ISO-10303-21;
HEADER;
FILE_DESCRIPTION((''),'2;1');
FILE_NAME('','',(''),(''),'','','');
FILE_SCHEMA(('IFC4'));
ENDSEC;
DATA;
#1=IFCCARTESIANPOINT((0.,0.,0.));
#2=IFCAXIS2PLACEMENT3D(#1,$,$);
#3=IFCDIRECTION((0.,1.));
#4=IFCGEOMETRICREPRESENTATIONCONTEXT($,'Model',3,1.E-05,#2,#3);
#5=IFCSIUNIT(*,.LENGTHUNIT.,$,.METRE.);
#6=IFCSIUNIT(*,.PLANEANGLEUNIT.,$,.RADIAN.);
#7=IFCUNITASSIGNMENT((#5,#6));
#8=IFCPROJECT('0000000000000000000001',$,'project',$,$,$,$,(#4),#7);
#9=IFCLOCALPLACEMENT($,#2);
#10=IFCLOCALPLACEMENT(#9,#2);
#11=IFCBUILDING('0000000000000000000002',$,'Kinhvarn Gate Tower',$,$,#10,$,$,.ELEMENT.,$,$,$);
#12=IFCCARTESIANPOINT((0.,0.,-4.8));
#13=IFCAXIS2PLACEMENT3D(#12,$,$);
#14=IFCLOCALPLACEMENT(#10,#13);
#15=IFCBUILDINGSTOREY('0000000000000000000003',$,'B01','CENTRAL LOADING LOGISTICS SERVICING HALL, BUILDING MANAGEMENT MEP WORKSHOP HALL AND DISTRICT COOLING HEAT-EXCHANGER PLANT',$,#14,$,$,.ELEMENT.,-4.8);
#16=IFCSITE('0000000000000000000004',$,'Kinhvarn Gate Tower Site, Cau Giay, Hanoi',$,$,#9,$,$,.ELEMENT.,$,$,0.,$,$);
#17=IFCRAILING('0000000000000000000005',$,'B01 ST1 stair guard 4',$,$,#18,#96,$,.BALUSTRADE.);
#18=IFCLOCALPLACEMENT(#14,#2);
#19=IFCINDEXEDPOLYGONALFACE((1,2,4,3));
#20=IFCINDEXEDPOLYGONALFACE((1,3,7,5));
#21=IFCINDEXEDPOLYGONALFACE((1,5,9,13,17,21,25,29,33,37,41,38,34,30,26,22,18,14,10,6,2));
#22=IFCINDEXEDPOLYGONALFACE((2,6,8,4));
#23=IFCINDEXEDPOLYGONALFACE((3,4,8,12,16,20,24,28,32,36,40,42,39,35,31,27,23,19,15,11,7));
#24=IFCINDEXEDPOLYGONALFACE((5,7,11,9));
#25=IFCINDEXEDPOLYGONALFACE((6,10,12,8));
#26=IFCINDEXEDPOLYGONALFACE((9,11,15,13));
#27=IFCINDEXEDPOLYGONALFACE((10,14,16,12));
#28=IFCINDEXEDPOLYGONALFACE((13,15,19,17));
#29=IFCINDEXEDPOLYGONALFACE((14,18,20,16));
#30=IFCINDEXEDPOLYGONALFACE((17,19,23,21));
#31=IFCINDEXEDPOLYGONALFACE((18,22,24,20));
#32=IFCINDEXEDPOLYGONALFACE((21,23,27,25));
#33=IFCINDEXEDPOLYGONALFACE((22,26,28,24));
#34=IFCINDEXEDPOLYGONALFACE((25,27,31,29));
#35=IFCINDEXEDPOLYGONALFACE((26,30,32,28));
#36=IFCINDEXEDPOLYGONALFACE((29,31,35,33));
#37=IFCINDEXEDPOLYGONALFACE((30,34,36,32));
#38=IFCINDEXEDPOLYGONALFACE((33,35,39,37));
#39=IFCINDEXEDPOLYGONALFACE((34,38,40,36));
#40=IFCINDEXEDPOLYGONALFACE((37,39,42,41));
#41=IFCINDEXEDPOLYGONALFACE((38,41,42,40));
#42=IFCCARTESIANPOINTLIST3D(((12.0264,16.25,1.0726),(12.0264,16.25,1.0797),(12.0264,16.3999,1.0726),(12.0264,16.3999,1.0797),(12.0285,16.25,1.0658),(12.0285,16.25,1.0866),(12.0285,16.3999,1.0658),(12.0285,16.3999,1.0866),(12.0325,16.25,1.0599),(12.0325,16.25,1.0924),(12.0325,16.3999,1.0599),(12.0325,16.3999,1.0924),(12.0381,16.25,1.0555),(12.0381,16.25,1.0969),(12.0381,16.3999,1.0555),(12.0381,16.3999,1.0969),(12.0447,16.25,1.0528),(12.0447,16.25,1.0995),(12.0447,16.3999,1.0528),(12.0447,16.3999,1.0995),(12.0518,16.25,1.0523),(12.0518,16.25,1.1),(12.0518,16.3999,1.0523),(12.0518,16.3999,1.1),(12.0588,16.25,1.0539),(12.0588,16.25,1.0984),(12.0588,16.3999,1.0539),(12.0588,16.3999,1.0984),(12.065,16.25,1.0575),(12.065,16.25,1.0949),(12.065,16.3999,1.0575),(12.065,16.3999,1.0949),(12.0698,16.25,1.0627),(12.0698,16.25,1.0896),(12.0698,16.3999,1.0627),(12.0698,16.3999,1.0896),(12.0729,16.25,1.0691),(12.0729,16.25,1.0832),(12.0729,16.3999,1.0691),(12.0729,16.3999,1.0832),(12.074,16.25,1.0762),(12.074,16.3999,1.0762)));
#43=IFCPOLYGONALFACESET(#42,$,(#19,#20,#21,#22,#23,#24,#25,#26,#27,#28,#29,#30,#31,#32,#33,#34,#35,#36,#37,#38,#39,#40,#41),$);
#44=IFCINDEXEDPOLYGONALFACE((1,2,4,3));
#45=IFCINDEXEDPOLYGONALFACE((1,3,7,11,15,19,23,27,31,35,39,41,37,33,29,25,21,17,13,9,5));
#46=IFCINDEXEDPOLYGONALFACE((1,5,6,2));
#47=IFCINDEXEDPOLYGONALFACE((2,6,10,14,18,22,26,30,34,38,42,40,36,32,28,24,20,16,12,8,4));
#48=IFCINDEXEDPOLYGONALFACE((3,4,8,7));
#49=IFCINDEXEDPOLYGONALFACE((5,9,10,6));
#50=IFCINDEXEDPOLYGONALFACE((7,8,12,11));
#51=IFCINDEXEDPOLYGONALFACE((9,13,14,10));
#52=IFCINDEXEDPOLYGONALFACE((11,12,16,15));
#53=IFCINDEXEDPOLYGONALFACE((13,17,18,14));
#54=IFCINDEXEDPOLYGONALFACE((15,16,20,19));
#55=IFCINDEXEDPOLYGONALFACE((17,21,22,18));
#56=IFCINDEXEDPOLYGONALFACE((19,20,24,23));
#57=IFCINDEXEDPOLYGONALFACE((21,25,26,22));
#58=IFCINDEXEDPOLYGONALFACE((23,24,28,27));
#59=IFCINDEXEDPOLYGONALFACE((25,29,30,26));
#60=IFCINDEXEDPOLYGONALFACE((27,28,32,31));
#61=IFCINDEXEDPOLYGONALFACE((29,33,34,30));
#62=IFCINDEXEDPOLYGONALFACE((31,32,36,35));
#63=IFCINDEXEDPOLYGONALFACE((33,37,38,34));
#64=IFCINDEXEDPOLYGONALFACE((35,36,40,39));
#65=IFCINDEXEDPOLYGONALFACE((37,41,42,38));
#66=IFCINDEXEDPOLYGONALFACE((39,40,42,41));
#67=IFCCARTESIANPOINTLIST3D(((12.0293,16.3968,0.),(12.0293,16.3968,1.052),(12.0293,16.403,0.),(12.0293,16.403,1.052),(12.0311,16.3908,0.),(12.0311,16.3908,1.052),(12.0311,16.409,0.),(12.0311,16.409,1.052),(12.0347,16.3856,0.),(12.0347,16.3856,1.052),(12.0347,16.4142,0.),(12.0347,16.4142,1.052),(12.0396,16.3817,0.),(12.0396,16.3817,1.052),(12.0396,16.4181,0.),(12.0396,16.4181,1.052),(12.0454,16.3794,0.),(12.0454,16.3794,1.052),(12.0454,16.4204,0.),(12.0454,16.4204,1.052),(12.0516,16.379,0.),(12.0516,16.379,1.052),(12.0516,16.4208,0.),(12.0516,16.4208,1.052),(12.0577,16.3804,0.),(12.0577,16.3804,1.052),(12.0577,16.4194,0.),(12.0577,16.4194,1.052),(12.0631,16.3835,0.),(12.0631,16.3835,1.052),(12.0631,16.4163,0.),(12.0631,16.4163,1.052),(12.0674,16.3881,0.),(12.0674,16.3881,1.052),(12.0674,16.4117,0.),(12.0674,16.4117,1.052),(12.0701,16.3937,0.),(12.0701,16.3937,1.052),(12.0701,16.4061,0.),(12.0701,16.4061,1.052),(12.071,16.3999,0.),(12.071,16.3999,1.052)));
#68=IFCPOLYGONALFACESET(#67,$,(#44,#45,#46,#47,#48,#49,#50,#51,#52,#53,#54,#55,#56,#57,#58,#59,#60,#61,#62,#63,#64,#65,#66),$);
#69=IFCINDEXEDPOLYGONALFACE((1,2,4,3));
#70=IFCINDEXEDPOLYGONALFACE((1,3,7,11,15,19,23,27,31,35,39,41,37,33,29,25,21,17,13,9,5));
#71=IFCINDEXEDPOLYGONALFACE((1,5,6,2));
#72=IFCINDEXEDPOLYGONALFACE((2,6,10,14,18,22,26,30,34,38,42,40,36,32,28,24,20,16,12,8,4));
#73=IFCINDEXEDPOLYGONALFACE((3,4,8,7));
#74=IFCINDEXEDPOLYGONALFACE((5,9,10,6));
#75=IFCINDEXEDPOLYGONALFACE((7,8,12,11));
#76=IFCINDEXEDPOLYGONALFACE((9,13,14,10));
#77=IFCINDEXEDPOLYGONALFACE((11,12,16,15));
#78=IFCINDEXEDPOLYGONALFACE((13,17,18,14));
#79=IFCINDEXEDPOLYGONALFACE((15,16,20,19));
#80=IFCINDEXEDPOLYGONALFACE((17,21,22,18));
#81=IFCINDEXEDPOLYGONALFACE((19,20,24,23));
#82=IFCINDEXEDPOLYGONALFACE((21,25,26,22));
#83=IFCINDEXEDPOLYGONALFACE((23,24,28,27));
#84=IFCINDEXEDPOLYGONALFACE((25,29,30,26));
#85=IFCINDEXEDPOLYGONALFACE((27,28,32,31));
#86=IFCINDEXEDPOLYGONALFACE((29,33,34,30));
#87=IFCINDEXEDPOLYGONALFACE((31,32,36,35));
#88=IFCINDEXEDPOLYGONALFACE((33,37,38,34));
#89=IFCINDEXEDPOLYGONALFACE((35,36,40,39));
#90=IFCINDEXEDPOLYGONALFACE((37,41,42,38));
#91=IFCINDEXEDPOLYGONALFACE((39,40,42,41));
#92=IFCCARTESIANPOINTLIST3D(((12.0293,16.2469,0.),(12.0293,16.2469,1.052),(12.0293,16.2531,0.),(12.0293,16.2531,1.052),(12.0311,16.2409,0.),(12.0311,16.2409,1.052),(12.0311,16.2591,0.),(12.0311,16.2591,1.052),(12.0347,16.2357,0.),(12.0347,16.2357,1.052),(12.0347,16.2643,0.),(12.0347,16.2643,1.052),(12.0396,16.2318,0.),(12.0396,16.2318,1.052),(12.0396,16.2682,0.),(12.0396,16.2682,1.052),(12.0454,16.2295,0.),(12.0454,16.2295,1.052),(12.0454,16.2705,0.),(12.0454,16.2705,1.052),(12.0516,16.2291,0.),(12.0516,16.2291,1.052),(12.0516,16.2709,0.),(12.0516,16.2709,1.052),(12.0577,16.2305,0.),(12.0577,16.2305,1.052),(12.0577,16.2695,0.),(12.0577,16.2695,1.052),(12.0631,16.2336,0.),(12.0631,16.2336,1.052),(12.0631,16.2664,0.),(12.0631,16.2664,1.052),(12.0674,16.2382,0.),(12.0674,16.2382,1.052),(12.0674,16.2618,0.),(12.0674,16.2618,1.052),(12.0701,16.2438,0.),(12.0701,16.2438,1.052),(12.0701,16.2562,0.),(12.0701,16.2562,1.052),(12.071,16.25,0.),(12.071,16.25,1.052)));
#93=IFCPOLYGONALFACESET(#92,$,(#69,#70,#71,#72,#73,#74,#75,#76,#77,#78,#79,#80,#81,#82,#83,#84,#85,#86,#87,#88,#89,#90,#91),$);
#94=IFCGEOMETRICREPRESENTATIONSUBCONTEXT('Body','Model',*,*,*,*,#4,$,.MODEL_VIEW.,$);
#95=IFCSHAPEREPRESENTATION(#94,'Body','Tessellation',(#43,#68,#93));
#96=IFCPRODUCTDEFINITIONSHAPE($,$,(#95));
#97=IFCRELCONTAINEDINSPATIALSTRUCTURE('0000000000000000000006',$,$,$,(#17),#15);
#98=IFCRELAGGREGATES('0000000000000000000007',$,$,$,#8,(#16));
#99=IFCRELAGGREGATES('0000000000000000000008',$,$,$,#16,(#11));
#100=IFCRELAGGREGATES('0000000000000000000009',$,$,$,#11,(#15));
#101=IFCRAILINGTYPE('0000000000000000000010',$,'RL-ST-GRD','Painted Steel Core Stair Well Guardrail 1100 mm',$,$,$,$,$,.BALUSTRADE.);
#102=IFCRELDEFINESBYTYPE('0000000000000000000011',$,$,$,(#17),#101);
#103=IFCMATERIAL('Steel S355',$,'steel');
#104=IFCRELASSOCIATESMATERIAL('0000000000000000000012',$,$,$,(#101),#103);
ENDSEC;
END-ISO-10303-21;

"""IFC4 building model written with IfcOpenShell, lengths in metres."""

from ifc_helpers import new_model, si_unit, direction, frame, origin, origin_2d, place, context, subcontext, project, spatial, circle, extrude, material, type_object, element, save


model = new_model("IFC4")

# Units and contexts
model_context = context("Model", 3, precision=1e-05, world=origin(), true_north=direction((0.0, 1.0)))
body_context = subcontext(model_context, "Body", "Model", "MODEL_VIEW")
ifc_project = project(units=[si_unit("LENGTHUNIT", "METRE"), si_unit("PLANEANGLEUNIT", "RADIAN")], contexts=[model_context])

# Site, building, storey
site_placement = place(None, origin())
site = spatial("IfcSite", under=ifc_project, at=site_placement, Name="Kinhvarn Gate Tower Site, Cau Giay, Hanoi", CompositionType="ELEMENT", RefElevation=0.0)
building_placement = place(site_placement, origin())
building = spatial("IfcBuilding", under=site, at=building_placement, Name="Kinhvarn Gate Tower", CompositionType="ELEMENT")
storey_placement = place(building_placement, frame((0.0, 0.0, -4.8)))
storey = spatial("IfcBuildingStorey", under=building, at=storey_placement, Name="B01", Description="CENTRAL LOADING LOGISTICS SERVICING HALL, BUILDING MANAGEMENT MEP WORKSHOP HALL AND DISTRICT COOLING HEAT-EXCHANGER PLANT", CompositionType="ELEMENT", Elevation=-4.8)

# Shared definitions
ifc_material_1 = material(Name="Steel S355", Category="steel")

# Railing
railing_type_1 = type_object("IfcRailingType", Name="RL-ST-GRD", Description="Painted Steel Core Stair Well Guardrail 1100 mm", PredefinedType="BALUSTRADE", material=ifc_material_1)
railing_1_placement = place(storey_placement, frame((12.05, 16.3999, 0.0)))
element("IfcRailing", 1, at=railing_1_placement, inside=storey, type_object=railing_type_1, Name="B01 ST1 stair guard 4", PredefinedType="BALUSTRADE", context=body_context, shape_type="SweptSolid", body=[
    extrude(circle(Radius=0.0239, at=origin_2d()), frame((0.0, 0.0, 1.0762), z_axis=(0.0, -1.0, 0.0), x_axis=(1.0, 0.0, 0.0)), (0.0, 0.0, 1.0), 0.1499),
    extrude(circle(Radius=0.021, at=origin_2d()), origin(), (0.0, 0.0, 1.0), 1.052),
    extrude(circle(Radius=0.021, at=origin_2d()), frame((0.0, -0.1499, 0.0)), (0.0, 0.0, 1.0), 1.052),
])

save(model, "model.ifc")
